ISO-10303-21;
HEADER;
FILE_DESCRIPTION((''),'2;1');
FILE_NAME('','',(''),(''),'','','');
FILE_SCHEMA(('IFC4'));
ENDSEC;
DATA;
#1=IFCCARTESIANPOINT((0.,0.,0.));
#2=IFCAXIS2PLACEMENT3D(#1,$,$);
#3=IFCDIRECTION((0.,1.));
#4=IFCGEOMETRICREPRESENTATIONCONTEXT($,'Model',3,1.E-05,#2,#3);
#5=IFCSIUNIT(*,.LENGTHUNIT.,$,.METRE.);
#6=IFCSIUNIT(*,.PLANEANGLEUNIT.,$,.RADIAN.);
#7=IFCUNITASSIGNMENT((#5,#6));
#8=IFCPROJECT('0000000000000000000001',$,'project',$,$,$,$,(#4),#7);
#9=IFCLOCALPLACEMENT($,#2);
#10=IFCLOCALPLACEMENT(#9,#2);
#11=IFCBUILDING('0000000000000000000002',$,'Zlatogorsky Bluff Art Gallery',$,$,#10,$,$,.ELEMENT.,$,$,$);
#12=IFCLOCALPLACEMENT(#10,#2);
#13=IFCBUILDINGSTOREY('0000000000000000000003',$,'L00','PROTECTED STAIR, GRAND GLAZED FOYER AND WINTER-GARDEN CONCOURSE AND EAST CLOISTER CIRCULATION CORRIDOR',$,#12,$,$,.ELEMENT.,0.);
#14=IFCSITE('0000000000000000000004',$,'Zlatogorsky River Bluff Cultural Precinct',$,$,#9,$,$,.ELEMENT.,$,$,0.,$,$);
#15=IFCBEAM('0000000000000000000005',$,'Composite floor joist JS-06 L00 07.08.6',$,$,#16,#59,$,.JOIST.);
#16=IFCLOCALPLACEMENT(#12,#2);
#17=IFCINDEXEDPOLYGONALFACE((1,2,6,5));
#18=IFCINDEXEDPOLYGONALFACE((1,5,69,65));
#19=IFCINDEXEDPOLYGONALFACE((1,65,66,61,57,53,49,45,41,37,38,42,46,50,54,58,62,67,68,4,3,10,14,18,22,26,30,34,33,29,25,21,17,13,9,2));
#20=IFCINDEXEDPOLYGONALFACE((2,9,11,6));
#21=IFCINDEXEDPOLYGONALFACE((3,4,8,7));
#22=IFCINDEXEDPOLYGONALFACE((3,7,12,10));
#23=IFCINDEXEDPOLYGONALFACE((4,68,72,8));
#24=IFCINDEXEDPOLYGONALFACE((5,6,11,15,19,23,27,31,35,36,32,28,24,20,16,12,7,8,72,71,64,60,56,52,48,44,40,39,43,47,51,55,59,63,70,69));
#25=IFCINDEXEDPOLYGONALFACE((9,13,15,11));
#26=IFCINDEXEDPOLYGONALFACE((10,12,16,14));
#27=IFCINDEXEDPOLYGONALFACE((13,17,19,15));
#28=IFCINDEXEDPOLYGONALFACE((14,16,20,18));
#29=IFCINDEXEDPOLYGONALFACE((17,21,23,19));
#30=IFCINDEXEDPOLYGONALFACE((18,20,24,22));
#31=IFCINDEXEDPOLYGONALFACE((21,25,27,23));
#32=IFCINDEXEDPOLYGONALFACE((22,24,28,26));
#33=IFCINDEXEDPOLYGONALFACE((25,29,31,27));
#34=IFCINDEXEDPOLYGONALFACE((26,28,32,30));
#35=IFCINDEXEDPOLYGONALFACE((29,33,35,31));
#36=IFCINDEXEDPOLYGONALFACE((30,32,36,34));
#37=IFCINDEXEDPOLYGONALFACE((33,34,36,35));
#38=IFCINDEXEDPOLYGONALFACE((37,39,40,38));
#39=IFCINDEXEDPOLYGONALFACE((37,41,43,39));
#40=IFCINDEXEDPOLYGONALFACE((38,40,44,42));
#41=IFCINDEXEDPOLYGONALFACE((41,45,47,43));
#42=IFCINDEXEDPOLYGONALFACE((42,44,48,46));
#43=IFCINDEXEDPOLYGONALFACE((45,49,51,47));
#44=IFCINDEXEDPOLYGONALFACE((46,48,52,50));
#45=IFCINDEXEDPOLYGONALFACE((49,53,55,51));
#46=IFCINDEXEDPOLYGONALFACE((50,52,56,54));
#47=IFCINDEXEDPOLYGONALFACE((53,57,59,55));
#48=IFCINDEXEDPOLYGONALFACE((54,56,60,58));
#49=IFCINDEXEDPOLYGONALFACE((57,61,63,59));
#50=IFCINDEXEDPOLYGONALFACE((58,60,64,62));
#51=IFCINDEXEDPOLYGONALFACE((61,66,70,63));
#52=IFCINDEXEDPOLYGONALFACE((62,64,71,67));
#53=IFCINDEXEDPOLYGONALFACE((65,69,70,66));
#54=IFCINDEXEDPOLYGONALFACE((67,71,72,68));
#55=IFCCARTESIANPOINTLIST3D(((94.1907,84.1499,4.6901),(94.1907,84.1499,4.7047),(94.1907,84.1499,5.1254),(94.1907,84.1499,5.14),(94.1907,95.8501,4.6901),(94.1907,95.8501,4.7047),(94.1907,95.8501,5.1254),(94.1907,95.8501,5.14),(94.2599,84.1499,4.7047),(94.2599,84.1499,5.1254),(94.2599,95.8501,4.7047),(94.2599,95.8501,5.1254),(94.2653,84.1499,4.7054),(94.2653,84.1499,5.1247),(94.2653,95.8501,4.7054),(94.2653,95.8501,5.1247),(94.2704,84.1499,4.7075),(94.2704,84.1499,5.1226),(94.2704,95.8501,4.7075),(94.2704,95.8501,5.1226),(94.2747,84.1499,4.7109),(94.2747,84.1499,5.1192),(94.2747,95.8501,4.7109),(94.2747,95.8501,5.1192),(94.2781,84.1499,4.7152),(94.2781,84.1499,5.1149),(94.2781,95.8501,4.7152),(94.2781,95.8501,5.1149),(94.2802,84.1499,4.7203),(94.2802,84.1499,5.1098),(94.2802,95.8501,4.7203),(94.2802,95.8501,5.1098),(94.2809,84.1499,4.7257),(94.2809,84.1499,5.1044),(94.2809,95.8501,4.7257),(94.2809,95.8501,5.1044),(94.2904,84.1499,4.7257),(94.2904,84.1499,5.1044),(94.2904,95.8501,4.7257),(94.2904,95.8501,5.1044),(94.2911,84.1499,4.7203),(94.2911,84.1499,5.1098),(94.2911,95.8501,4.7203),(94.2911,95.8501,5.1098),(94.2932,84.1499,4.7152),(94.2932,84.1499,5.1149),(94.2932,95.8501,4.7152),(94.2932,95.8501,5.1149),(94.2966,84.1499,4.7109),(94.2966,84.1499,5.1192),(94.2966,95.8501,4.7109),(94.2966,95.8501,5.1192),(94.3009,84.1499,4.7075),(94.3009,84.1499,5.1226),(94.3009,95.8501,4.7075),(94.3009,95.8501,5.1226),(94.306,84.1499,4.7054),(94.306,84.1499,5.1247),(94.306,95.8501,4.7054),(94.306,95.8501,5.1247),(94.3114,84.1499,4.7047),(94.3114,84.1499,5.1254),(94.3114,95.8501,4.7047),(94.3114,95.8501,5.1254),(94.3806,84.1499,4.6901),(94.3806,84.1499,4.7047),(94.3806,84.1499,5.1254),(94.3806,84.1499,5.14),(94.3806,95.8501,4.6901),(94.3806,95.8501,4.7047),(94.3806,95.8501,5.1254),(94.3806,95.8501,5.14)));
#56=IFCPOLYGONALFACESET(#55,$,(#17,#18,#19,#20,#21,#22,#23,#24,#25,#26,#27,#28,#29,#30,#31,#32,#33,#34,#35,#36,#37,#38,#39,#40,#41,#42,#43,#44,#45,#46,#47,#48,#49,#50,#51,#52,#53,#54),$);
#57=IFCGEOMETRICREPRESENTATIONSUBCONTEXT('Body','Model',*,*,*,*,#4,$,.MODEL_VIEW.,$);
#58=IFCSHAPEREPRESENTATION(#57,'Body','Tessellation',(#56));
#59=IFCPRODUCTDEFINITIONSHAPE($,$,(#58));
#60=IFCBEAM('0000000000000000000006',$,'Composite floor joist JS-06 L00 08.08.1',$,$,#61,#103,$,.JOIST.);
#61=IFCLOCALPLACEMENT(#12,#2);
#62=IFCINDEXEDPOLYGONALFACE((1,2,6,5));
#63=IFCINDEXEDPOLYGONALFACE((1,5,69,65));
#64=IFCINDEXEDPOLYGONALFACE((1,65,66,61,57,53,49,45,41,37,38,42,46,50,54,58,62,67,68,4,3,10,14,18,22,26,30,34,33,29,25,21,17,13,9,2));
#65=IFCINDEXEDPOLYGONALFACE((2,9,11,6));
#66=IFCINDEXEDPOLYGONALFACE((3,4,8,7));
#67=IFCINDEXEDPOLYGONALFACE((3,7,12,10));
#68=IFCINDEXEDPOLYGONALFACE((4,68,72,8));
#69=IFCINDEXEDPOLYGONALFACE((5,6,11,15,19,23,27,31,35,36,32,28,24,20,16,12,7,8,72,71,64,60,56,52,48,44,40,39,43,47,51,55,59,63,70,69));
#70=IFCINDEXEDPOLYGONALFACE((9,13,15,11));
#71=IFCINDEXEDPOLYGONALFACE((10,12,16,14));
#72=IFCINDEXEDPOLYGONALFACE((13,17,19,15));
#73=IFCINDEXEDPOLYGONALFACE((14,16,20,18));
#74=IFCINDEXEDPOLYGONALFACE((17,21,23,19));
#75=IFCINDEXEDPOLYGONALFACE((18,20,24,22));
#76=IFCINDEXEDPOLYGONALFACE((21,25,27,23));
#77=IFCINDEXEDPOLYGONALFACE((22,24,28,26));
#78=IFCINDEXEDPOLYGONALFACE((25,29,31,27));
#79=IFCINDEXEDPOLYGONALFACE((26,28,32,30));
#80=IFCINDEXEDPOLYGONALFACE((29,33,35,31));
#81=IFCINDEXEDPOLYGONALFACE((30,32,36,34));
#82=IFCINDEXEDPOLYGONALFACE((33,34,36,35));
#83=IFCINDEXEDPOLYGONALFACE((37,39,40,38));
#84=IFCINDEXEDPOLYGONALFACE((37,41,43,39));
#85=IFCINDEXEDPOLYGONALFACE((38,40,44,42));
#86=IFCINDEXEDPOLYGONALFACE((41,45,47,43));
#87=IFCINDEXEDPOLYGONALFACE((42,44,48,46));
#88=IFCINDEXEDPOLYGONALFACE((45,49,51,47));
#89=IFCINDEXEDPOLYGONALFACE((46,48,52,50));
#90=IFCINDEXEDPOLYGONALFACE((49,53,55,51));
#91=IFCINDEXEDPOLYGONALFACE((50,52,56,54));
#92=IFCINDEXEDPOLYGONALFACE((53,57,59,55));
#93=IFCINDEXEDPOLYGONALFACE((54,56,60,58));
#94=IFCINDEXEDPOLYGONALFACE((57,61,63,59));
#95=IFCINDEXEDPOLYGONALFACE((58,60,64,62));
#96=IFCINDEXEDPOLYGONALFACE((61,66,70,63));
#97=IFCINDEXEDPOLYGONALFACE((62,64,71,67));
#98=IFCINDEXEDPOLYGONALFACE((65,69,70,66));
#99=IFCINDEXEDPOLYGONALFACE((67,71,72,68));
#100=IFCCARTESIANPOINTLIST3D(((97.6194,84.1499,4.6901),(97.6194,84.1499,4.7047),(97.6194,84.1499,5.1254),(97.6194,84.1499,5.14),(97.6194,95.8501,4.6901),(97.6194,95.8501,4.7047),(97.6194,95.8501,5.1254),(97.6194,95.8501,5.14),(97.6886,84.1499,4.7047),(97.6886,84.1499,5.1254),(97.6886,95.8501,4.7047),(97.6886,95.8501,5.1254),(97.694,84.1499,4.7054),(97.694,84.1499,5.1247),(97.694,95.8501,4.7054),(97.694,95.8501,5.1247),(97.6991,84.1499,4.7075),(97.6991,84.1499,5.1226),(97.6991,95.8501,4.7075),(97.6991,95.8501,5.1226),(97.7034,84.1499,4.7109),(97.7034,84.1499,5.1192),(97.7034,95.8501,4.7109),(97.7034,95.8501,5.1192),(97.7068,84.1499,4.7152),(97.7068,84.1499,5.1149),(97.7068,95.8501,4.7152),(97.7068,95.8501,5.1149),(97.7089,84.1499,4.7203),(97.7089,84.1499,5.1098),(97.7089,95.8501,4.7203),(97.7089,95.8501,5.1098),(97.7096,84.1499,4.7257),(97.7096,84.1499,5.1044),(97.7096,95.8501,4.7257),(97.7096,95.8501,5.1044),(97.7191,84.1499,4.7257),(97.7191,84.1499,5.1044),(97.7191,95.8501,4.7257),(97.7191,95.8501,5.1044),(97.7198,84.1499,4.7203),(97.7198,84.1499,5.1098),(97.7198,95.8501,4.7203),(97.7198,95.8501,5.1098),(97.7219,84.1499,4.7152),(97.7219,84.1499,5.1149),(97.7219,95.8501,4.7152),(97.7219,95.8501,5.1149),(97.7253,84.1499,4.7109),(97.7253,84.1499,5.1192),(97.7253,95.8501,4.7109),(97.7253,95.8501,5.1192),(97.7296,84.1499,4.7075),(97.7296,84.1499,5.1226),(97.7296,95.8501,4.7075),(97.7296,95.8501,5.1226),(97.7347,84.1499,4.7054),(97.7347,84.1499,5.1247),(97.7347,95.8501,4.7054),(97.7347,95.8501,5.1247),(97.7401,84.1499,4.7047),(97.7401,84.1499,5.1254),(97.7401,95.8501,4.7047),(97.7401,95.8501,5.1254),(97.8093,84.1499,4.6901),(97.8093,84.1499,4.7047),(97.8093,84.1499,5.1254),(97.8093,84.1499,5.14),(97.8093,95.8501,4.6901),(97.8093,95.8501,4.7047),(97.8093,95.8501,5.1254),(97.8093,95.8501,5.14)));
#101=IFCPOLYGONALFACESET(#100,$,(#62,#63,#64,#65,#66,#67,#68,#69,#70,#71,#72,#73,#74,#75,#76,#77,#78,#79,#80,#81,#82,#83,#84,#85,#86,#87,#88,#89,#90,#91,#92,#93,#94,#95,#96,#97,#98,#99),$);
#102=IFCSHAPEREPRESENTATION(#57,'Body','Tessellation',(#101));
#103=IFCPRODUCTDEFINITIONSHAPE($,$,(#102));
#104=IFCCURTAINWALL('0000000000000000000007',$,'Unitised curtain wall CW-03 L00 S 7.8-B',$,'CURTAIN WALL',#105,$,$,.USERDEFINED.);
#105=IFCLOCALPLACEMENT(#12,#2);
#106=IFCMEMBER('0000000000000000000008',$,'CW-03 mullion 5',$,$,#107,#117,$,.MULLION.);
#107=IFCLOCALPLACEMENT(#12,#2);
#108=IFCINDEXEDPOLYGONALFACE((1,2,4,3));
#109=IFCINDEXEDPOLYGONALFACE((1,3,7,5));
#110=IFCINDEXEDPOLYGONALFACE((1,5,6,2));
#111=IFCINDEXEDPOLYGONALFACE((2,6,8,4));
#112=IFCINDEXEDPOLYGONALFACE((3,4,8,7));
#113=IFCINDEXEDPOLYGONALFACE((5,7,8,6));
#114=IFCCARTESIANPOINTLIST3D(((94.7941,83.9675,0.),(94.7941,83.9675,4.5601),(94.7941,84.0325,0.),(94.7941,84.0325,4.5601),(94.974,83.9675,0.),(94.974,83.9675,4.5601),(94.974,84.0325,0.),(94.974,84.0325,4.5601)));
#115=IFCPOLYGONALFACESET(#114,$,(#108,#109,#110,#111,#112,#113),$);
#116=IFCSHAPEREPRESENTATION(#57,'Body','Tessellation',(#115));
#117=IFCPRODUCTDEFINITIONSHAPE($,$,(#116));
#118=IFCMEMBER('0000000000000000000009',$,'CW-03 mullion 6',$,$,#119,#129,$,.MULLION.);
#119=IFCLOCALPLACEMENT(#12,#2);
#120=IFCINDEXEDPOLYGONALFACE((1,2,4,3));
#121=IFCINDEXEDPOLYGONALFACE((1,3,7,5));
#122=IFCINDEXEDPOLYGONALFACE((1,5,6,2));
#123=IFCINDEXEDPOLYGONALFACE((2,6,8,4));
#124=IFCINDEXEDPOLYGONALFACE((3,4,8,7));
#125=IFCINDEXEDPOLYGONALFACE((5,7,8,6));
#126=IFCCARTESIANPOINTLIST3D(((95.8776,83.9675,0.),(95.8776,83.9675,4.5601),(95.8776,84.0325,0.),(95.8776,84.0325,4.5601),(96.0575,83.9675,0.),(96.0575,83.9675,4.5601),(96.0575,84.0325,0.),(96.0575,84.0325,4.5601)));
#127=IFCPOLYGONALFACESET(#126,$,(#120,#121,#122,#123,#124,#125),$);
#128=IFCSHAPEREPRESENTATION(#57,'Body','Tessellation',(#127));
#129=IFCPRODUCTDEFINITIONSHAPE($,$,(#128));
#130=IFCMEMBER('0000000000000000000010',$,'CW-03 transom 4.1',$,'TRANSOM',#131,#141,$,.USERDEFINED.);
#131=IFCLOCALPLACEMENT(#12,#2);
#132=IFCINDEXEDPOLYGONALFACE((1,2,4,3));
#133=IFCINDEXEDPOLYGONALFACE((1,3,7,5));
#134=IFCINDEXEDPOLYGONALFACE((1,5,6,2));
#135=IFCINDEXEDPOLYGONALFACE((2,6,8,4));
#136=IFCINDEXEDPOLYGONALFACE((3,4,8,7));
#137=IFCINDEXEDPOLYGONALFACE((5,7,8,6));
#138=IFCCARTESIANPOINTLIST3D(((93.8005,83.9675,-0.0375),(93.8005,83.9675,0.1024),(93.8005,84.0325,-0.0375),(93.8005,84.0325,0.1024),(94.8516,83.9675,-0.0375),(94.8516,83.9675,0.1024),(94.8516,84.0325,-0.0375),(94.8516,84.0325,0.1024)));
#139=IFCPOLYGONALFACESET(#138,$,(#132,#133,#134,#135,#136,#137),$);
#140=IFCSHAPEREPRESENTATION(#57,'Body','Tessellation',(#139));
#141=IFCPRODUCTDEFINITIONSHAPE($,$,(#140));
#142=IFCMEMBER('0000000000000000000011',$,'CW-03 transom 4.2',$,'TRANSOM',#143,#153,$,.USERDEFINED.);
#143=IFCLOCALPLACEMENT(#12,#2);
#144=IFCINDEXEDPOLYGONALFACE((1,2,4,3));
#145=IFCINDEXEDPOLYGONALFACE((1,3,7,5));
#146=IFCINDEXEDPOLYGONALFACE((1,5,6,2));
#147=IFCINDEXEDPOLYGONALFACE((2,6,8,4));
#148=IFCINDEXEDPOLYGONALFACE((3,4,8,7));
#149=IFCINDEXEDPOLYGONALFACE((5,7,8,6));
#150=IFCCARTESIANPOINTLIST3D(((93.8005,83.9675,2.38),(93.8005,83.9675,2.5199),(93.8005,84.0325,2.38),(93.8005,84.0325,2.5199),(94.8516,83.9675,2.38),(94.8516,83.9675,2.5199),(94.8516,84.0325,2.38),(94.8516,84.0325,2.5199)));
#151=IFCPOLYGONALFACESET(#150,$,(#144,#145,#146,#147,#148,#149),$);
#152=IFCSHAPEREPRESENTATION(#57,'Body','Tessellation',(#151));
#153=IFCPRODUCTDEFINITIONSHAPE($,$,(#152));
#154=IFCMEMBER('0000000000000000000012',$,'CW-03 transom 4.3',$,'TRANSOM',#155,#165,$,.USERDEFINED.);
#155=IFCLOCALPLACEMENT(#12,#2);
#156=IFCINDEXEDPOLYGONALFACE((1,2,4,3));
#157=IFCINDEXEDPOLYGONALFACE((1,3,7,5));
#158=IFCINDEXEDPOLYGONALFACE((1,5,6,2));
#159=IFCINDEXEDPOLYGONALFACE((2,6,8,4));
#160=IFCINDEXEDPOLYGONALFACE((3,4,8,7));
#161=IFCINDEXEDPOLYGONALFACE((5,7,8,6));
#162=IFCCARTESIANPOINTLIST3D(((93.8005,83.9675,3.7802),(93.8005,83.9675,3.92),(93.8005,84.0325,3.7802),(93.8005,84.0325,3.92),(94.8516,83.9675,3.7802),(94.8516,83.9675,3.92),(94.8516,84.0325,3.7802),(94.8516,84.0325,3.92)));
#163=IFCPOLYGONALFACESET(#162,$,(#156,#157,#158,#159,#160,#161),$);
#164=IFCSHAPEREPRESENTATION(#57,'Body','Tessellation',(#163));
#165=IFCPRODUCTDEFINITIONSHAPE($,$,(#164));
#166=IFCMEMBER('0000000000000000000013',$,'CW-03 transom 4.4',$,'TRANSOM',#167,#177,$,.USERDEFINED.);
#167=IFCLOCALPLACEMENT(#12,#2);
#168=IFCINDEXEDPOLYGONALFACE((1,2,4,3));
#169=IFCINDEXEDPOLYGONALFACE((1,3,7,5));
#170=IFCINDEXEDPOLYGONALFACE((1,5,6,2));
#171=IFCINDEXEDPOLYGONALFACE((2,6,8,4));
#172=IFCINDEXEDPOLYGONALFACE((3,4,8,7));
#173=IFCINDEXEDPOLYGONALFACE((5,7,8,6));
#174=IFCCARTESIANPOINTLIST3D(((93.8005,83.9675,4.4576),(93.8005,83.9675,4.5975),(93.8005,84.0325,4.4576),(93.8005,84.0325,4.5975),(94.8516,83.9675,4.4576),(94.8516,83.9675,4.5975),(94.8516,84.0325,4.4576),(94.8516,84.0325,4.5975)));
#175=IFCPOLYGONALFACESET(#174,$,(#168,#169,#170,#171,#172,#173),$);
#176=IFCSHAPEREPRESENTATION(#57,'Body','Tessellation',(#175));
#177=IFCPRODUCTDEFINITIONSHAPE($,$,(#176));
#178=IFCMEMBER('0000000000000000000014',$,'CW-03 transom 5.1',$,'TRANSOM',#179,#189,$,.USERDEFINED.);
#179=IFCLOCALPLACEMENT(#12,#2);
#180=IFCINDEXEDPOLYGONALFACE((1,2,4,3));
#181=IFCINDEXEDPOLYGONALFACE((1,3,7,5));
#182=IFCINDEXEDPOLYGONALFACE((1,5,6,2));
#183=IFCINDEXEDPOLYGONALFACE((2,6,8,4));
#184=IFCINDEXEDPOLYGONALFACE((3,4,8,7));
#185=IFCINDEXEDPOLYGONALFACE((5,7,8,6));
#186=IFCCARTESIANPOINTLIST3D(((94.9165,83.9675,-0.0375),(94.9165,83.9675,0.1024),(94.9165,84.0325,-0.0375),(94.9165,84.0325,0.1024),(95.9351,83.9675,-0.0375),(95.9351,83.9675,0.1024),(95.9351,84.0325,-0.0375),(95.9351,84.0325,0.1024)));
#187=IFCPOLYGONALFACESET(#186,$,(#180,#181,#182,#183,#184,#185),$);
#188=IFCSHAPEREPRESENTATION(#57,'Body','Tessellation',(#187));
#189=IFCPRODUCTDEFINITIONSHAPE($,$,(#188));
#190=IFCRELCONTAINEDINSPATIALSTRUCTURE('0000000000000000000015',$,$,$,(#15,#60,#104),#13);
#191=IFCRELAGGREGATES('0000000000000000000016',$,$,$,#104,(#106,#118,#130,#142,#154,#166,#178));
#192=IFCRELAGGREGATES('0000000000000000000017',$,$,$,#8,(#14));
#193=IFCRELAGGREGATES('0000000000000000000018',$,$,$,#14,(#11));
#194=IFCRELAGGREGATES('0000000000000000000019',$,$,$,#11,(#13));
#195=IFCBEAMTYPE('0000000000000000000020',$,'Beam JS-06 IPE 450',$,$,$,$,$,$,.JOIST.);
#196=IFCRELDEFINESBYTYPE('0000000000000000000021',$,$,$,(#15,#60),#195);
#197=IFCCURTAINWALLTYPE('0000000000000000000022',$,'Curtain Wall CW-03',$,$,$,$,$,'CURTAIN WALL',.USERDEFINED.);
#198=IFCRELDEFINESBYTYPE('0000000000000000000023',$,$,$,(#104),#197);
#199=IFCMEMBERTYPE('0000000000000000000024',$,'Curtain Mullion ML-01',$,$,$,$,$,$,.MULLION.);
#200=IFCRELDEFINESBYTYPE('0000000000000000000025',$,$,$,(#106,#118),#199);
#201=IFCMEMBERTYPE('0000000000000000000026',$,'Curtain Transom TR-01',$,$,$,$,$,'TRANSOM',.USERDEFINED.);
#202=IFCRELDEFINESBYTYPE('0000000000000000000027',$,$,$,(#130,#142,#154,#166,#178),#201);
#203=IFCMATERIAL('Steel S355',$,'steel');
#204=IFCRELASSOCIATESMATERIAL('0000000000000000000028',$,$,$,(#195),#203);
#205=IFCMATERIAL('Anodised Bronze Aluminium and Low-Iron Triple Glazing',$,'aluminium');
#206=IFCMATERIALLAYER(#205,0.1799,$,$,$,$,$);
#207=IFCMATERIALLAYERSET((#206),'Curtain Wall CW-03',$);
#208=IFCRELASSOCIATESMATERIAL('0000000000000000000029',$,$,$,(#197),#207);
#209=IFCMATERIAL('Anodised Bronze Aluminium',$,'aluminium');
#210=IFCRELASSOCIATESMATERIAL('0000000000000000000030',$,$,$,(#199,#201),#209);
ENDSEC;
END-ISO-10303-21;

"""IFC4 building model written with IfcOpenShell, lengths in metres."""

from ifc_helpers import new_model, si_unit, direction, frame, origin, origin_2d, place, context, subcontext, project, spatial, rectangle, i_section, extrude, material, layer, layer_set, material_profile, profile_set, type_object, element, aggregate, save


model = new_model("IFC4")

# Units and contexts
model_context = context("Model", 3, precision=1e-05, world=origin(), true_north=direction((0.0, 1.0)))
body_context = subcontext(model_context, "Body", "Model", "MODEL_VIEW")
ifc_project = project(units=[si_unit("LENGTHUNIT", "METRE"), si_unit("PLANEANGLEUNIT", "RADIAN")], contexts=[model_context])

# Site, building, storey
site_placement = place(None, origin())
site = spatial("IfcSite", under=ifc_project, at=site_placement, Name="Zlatogorsky River Bluff Cultural Precinct", CompositionType="ELEMENT", RefElevation=0.0)
building_placement = place(site_placement, origin())
building = spatial("IfcBuilding", under=site, at=building_placement, Name="Zlatogorsky Bluff Art Gallery", CompositionType="ELEMENT")
storey_placement = place(building_placement, origin())
storey = spatial("IfcBuildingStorey", under=building, at=storey_placement, Name="L00", Description="PROTECTED STAIR, GRAND GLAZED FOYER AND WINTER-GARDEN CONCOURSE AND EAST CLOISTER CIRCULATION CORRIDOR", CompositionType="ELEMENT", Elevation=0.0)

# Shared definitions
ifc_material_1 = material(Name="Steel S355", Category="steel")

# Beams
ifc_material_profile_1 = material_profile(ifc_material_1, i_section(OverallWidth=0.1899, OverallDepth=0.45, WebThickness=0.0095, FlangeThickness=0.0146, FilletRadius=0.021, at=origin_2d()), Name="IPE 450")
ifc_profile_set_1 = profile_set([ifc_material_profile_1], Name="Steel S355")
beam_type_1 = type_object("IfcBeamType", Name="Beam JS-06 IPE 450", PredefinedType="JOIST", material=ifc_profile_set_1)
for number, where, z_axis, x_axis, name in (
    (1, (94.2856, 84.1499, 4.915), (0.0, 1.0, 0.0), (-1.0, 0.0, 0.0), "Composite floor joist JS-06 L00 07.08.6"),
    (2, (97.7144, 84.1499, 4.915), (0.0, 1.0, 0.0), (-1.0, 0.0, 0.0), "Composite floor joist JS-06 L00 08.08.1"),
):
    element("IfcBeam", number, at=place(storey_placement, frame(where, z_axis=z_axis, x_axis=x_axis)), inside=storey, type_object=beam_type_1, Name=name, PredefinedType="JOIST", context=body_context, shape_type="SweptSolid", body=[
        extrude(i_section(OverallWidth=0.1899, OverallDepth=0.45, WebThickness=0.0095, FlangeThickness=0.0146, FilletRadius=0.021, at=origin_2d()), origin(), (0.0, 0.0, 1.0), 11.7002),
    ])

# Curtain wall, members
ifc_material_2 = material(Name="Anodised Bronze Aluminium and Low-Iron Triple Glazing", Category="aluminium")
ifc_layer_1 = layer(ifc_material_2, 0.1799)
ifc_layer_set_1 = layer_set([ifc_layer_1], Name="Curtain Wall CW-03")
curtain_wall_type = type_object("IfcCurtainWallType", Name="Curtain Wall CW-03", ElementType="CURTAIN WALL", PredefinedType="USERDEFINED", material=ifc_layer_set_1)
curtain_wall_placement = place(storey_placement, origin())
curtain_wall = element("IfcCurtainWall", 3, at=curtain_wall_placement, inside=storey, type_object=curtain_wall_type, Name="Unitised curtain wall CW-03 L00 S 7.8-B", ObjectType="CURTAIN WALL", PredefinedType="USERDEFINED")
ifc_material_3 = material(Name="Anodised Bronze Aluminium", Category="aluminium")
ifc_material_profile_2 = material_profile(ifc_material_3, rectangle(XDim=0.0649, YDim=0.1799, at=origin_2d()), Name="ALU MULLION 65x180")
ifc_profile_set_2 = profile_set([ifc_material_profile_2], Name="Anodised Bronze Aluminium")
member_type_1 = type_object("IfcMemberType", Name="Curtain Mullion ML-01", PredefinedType="MULLION", material=ifc_profile_set_2)
member_1_placement = place(storey_placement, frame((94.884, 84.0, 0.0), z_axis=(0.0, 0.0, 1.0), x_axis=(0.0, 1.0, 0.0)))
member_1 = element("IfcMember", 4, at=member_1_placement, type_object=member_type_1, Name="CW-03 mullion 5", PredefinedType="MULLION", context=body_context, shape_type="SweptSolid", body=[
    extrude(rectangle(XDim=0.0649, YDim=0.1799, at=origin_2d()), origin(), (0.0, 0.0, 1.0), 4.5601),
])
member_2_placement = place(storey_placement, frame((95.9675, 84.0, 0.0), z_axis=(0.0, 0.0, 1.0), x_axis=(0.0, 1.0, 0.0)))
member_2 = element("IfcMember", 5, at=member_2_placement, type_object=member_type_1, Name="CW-03 mullion 6", PredefinedType="MULLION", context=body_context, shape_type="SweptSolid", body=[
    extrude(rectangle(XDim=0.0649, YDim=0.1799, at=origin_2d()), origin(), (0.0, 0.0, 1.0), 4.5601),
])
ifc_material_profile_3 = material_profile(ifc_material_3, rectangle(XDim=0.0649, YDim=0.1399, at=origin_2d()), Name="ALU TRANSOM 65x140")
ifc_profile_set_3 = profile_set([ifc_material_profile_3], Name="Anodised Bronze Aluminium")
member_type_2 = type_object("IfcMemberType", Name="Curtain Transom TR-01", ElementType="TRANSOM", PredefinedType="USERDEFINED", material=ifc_profile_set_3)
member_3_placement = place(storey_placement, frame((93.8005, 84.0, 0.0325), z_axis=(1.0, 0.0, 0.0), x_axis=(0.0, 1.0, 0.0)))
member_3 = element("IfcMember", 6, at=member_3_placement, type_object=member_type_2, Name="CW-03 transom 4.1", ObjectType="TRANSOM", PredefinedType="USERDEFINED", context=body_context, shape_type="SweptSolid", body=[
    extrude(rectangle(XDim=0.0649, YDim=0.1399, at=origin_2d()), origin(), (0.0, 0.0, 1.0), 1.051),
])
member_4_placement = place(storey_placement, frame((93.8005, 84.0, 2.45), z_axis=(1.0, 0.0, 0.0), x_axis=(0.0, 1.0, 0.0)))
member_4 = element("IfcMember", 7, at=member_4_placement, type_object=member_type_2, Name="CW-03 transom 4.2", ObjectType="TRANSOM", PredefinedType="USERDEFINED", context=body_context, shape_type="SweptSolid", body=[
    extrude(rectangle(XDim=0.0649, YDim=0.1399, at=origin_2d()), origin(), (0.0, 0.0, 1.0), 1.051),
])
member_5_placement = place(storey_placement, frame((93.8005, 84.0, 3.8501), z_axis=(1.0, 0.0, 0.0), x_axis=(0.0, 1.0, 0.0)))
member_5 = element("IfcMember", 8, at=member_5_placement, type_object=member_type_2, Name="CW-03 transom 4.3", ObjectType="TRANSOM", PredefinedType="USERDEFINED", context=body_context, shape_type="SweptSolid", body=[
    extrude(rectangle(XDim=0.0649, YDim=0.1399, at=origin_2d()), origin(), (0.0, 0.0, 1.0), 1.051),
])
member_6_placement = place(storey_placement, frame((93.8005, 84.0, 4.5276), z_axis=(1.0, 0.0, 0.0), x_axis=(0.0, 1.0, 0.0)))
member_6 = element("IfcMember", 9, at=member_6_placement, type_object=member_type_2, Name="CW-03 transom 4.4", ObjectType="TRANSOM", PredefinedType="USERDEFINED", context=body_context, shape_type="SweptSolid", body=[
    extrude(rectangle(XDim=0.0649, YDim=0.1399, at=origin_2d()), origin(), (0.0, 0.0, 1.0), 1.051),
])
member_7_placement = place(storey_placement, frame((94.9165, 84.0, 0.0325), z_axis=(1.0, 0.0, 0.0), x_axis=(0.0, 1.0, 0.0)))
member_7 = element("IfcMember", 10, at=member_7_placement, type_object=member_type_2, Name="CW-03 transom 5.1", ObjectType="TRANSOM", PredefinedType="USERDEFINED", context=body_context, shape_type="SweptSolid", body=[
    extrude(rectangle(XDim=0.0649, YDim=0.1399, at=origin_2d()), origin(), (0.0, 0.0, 1.0), 1.0186),
])
aggregate(curtain_wall, [member_1, member_2, member_3, member_4, member_5, member_6, member_7])

save(model, "model.ifc")
